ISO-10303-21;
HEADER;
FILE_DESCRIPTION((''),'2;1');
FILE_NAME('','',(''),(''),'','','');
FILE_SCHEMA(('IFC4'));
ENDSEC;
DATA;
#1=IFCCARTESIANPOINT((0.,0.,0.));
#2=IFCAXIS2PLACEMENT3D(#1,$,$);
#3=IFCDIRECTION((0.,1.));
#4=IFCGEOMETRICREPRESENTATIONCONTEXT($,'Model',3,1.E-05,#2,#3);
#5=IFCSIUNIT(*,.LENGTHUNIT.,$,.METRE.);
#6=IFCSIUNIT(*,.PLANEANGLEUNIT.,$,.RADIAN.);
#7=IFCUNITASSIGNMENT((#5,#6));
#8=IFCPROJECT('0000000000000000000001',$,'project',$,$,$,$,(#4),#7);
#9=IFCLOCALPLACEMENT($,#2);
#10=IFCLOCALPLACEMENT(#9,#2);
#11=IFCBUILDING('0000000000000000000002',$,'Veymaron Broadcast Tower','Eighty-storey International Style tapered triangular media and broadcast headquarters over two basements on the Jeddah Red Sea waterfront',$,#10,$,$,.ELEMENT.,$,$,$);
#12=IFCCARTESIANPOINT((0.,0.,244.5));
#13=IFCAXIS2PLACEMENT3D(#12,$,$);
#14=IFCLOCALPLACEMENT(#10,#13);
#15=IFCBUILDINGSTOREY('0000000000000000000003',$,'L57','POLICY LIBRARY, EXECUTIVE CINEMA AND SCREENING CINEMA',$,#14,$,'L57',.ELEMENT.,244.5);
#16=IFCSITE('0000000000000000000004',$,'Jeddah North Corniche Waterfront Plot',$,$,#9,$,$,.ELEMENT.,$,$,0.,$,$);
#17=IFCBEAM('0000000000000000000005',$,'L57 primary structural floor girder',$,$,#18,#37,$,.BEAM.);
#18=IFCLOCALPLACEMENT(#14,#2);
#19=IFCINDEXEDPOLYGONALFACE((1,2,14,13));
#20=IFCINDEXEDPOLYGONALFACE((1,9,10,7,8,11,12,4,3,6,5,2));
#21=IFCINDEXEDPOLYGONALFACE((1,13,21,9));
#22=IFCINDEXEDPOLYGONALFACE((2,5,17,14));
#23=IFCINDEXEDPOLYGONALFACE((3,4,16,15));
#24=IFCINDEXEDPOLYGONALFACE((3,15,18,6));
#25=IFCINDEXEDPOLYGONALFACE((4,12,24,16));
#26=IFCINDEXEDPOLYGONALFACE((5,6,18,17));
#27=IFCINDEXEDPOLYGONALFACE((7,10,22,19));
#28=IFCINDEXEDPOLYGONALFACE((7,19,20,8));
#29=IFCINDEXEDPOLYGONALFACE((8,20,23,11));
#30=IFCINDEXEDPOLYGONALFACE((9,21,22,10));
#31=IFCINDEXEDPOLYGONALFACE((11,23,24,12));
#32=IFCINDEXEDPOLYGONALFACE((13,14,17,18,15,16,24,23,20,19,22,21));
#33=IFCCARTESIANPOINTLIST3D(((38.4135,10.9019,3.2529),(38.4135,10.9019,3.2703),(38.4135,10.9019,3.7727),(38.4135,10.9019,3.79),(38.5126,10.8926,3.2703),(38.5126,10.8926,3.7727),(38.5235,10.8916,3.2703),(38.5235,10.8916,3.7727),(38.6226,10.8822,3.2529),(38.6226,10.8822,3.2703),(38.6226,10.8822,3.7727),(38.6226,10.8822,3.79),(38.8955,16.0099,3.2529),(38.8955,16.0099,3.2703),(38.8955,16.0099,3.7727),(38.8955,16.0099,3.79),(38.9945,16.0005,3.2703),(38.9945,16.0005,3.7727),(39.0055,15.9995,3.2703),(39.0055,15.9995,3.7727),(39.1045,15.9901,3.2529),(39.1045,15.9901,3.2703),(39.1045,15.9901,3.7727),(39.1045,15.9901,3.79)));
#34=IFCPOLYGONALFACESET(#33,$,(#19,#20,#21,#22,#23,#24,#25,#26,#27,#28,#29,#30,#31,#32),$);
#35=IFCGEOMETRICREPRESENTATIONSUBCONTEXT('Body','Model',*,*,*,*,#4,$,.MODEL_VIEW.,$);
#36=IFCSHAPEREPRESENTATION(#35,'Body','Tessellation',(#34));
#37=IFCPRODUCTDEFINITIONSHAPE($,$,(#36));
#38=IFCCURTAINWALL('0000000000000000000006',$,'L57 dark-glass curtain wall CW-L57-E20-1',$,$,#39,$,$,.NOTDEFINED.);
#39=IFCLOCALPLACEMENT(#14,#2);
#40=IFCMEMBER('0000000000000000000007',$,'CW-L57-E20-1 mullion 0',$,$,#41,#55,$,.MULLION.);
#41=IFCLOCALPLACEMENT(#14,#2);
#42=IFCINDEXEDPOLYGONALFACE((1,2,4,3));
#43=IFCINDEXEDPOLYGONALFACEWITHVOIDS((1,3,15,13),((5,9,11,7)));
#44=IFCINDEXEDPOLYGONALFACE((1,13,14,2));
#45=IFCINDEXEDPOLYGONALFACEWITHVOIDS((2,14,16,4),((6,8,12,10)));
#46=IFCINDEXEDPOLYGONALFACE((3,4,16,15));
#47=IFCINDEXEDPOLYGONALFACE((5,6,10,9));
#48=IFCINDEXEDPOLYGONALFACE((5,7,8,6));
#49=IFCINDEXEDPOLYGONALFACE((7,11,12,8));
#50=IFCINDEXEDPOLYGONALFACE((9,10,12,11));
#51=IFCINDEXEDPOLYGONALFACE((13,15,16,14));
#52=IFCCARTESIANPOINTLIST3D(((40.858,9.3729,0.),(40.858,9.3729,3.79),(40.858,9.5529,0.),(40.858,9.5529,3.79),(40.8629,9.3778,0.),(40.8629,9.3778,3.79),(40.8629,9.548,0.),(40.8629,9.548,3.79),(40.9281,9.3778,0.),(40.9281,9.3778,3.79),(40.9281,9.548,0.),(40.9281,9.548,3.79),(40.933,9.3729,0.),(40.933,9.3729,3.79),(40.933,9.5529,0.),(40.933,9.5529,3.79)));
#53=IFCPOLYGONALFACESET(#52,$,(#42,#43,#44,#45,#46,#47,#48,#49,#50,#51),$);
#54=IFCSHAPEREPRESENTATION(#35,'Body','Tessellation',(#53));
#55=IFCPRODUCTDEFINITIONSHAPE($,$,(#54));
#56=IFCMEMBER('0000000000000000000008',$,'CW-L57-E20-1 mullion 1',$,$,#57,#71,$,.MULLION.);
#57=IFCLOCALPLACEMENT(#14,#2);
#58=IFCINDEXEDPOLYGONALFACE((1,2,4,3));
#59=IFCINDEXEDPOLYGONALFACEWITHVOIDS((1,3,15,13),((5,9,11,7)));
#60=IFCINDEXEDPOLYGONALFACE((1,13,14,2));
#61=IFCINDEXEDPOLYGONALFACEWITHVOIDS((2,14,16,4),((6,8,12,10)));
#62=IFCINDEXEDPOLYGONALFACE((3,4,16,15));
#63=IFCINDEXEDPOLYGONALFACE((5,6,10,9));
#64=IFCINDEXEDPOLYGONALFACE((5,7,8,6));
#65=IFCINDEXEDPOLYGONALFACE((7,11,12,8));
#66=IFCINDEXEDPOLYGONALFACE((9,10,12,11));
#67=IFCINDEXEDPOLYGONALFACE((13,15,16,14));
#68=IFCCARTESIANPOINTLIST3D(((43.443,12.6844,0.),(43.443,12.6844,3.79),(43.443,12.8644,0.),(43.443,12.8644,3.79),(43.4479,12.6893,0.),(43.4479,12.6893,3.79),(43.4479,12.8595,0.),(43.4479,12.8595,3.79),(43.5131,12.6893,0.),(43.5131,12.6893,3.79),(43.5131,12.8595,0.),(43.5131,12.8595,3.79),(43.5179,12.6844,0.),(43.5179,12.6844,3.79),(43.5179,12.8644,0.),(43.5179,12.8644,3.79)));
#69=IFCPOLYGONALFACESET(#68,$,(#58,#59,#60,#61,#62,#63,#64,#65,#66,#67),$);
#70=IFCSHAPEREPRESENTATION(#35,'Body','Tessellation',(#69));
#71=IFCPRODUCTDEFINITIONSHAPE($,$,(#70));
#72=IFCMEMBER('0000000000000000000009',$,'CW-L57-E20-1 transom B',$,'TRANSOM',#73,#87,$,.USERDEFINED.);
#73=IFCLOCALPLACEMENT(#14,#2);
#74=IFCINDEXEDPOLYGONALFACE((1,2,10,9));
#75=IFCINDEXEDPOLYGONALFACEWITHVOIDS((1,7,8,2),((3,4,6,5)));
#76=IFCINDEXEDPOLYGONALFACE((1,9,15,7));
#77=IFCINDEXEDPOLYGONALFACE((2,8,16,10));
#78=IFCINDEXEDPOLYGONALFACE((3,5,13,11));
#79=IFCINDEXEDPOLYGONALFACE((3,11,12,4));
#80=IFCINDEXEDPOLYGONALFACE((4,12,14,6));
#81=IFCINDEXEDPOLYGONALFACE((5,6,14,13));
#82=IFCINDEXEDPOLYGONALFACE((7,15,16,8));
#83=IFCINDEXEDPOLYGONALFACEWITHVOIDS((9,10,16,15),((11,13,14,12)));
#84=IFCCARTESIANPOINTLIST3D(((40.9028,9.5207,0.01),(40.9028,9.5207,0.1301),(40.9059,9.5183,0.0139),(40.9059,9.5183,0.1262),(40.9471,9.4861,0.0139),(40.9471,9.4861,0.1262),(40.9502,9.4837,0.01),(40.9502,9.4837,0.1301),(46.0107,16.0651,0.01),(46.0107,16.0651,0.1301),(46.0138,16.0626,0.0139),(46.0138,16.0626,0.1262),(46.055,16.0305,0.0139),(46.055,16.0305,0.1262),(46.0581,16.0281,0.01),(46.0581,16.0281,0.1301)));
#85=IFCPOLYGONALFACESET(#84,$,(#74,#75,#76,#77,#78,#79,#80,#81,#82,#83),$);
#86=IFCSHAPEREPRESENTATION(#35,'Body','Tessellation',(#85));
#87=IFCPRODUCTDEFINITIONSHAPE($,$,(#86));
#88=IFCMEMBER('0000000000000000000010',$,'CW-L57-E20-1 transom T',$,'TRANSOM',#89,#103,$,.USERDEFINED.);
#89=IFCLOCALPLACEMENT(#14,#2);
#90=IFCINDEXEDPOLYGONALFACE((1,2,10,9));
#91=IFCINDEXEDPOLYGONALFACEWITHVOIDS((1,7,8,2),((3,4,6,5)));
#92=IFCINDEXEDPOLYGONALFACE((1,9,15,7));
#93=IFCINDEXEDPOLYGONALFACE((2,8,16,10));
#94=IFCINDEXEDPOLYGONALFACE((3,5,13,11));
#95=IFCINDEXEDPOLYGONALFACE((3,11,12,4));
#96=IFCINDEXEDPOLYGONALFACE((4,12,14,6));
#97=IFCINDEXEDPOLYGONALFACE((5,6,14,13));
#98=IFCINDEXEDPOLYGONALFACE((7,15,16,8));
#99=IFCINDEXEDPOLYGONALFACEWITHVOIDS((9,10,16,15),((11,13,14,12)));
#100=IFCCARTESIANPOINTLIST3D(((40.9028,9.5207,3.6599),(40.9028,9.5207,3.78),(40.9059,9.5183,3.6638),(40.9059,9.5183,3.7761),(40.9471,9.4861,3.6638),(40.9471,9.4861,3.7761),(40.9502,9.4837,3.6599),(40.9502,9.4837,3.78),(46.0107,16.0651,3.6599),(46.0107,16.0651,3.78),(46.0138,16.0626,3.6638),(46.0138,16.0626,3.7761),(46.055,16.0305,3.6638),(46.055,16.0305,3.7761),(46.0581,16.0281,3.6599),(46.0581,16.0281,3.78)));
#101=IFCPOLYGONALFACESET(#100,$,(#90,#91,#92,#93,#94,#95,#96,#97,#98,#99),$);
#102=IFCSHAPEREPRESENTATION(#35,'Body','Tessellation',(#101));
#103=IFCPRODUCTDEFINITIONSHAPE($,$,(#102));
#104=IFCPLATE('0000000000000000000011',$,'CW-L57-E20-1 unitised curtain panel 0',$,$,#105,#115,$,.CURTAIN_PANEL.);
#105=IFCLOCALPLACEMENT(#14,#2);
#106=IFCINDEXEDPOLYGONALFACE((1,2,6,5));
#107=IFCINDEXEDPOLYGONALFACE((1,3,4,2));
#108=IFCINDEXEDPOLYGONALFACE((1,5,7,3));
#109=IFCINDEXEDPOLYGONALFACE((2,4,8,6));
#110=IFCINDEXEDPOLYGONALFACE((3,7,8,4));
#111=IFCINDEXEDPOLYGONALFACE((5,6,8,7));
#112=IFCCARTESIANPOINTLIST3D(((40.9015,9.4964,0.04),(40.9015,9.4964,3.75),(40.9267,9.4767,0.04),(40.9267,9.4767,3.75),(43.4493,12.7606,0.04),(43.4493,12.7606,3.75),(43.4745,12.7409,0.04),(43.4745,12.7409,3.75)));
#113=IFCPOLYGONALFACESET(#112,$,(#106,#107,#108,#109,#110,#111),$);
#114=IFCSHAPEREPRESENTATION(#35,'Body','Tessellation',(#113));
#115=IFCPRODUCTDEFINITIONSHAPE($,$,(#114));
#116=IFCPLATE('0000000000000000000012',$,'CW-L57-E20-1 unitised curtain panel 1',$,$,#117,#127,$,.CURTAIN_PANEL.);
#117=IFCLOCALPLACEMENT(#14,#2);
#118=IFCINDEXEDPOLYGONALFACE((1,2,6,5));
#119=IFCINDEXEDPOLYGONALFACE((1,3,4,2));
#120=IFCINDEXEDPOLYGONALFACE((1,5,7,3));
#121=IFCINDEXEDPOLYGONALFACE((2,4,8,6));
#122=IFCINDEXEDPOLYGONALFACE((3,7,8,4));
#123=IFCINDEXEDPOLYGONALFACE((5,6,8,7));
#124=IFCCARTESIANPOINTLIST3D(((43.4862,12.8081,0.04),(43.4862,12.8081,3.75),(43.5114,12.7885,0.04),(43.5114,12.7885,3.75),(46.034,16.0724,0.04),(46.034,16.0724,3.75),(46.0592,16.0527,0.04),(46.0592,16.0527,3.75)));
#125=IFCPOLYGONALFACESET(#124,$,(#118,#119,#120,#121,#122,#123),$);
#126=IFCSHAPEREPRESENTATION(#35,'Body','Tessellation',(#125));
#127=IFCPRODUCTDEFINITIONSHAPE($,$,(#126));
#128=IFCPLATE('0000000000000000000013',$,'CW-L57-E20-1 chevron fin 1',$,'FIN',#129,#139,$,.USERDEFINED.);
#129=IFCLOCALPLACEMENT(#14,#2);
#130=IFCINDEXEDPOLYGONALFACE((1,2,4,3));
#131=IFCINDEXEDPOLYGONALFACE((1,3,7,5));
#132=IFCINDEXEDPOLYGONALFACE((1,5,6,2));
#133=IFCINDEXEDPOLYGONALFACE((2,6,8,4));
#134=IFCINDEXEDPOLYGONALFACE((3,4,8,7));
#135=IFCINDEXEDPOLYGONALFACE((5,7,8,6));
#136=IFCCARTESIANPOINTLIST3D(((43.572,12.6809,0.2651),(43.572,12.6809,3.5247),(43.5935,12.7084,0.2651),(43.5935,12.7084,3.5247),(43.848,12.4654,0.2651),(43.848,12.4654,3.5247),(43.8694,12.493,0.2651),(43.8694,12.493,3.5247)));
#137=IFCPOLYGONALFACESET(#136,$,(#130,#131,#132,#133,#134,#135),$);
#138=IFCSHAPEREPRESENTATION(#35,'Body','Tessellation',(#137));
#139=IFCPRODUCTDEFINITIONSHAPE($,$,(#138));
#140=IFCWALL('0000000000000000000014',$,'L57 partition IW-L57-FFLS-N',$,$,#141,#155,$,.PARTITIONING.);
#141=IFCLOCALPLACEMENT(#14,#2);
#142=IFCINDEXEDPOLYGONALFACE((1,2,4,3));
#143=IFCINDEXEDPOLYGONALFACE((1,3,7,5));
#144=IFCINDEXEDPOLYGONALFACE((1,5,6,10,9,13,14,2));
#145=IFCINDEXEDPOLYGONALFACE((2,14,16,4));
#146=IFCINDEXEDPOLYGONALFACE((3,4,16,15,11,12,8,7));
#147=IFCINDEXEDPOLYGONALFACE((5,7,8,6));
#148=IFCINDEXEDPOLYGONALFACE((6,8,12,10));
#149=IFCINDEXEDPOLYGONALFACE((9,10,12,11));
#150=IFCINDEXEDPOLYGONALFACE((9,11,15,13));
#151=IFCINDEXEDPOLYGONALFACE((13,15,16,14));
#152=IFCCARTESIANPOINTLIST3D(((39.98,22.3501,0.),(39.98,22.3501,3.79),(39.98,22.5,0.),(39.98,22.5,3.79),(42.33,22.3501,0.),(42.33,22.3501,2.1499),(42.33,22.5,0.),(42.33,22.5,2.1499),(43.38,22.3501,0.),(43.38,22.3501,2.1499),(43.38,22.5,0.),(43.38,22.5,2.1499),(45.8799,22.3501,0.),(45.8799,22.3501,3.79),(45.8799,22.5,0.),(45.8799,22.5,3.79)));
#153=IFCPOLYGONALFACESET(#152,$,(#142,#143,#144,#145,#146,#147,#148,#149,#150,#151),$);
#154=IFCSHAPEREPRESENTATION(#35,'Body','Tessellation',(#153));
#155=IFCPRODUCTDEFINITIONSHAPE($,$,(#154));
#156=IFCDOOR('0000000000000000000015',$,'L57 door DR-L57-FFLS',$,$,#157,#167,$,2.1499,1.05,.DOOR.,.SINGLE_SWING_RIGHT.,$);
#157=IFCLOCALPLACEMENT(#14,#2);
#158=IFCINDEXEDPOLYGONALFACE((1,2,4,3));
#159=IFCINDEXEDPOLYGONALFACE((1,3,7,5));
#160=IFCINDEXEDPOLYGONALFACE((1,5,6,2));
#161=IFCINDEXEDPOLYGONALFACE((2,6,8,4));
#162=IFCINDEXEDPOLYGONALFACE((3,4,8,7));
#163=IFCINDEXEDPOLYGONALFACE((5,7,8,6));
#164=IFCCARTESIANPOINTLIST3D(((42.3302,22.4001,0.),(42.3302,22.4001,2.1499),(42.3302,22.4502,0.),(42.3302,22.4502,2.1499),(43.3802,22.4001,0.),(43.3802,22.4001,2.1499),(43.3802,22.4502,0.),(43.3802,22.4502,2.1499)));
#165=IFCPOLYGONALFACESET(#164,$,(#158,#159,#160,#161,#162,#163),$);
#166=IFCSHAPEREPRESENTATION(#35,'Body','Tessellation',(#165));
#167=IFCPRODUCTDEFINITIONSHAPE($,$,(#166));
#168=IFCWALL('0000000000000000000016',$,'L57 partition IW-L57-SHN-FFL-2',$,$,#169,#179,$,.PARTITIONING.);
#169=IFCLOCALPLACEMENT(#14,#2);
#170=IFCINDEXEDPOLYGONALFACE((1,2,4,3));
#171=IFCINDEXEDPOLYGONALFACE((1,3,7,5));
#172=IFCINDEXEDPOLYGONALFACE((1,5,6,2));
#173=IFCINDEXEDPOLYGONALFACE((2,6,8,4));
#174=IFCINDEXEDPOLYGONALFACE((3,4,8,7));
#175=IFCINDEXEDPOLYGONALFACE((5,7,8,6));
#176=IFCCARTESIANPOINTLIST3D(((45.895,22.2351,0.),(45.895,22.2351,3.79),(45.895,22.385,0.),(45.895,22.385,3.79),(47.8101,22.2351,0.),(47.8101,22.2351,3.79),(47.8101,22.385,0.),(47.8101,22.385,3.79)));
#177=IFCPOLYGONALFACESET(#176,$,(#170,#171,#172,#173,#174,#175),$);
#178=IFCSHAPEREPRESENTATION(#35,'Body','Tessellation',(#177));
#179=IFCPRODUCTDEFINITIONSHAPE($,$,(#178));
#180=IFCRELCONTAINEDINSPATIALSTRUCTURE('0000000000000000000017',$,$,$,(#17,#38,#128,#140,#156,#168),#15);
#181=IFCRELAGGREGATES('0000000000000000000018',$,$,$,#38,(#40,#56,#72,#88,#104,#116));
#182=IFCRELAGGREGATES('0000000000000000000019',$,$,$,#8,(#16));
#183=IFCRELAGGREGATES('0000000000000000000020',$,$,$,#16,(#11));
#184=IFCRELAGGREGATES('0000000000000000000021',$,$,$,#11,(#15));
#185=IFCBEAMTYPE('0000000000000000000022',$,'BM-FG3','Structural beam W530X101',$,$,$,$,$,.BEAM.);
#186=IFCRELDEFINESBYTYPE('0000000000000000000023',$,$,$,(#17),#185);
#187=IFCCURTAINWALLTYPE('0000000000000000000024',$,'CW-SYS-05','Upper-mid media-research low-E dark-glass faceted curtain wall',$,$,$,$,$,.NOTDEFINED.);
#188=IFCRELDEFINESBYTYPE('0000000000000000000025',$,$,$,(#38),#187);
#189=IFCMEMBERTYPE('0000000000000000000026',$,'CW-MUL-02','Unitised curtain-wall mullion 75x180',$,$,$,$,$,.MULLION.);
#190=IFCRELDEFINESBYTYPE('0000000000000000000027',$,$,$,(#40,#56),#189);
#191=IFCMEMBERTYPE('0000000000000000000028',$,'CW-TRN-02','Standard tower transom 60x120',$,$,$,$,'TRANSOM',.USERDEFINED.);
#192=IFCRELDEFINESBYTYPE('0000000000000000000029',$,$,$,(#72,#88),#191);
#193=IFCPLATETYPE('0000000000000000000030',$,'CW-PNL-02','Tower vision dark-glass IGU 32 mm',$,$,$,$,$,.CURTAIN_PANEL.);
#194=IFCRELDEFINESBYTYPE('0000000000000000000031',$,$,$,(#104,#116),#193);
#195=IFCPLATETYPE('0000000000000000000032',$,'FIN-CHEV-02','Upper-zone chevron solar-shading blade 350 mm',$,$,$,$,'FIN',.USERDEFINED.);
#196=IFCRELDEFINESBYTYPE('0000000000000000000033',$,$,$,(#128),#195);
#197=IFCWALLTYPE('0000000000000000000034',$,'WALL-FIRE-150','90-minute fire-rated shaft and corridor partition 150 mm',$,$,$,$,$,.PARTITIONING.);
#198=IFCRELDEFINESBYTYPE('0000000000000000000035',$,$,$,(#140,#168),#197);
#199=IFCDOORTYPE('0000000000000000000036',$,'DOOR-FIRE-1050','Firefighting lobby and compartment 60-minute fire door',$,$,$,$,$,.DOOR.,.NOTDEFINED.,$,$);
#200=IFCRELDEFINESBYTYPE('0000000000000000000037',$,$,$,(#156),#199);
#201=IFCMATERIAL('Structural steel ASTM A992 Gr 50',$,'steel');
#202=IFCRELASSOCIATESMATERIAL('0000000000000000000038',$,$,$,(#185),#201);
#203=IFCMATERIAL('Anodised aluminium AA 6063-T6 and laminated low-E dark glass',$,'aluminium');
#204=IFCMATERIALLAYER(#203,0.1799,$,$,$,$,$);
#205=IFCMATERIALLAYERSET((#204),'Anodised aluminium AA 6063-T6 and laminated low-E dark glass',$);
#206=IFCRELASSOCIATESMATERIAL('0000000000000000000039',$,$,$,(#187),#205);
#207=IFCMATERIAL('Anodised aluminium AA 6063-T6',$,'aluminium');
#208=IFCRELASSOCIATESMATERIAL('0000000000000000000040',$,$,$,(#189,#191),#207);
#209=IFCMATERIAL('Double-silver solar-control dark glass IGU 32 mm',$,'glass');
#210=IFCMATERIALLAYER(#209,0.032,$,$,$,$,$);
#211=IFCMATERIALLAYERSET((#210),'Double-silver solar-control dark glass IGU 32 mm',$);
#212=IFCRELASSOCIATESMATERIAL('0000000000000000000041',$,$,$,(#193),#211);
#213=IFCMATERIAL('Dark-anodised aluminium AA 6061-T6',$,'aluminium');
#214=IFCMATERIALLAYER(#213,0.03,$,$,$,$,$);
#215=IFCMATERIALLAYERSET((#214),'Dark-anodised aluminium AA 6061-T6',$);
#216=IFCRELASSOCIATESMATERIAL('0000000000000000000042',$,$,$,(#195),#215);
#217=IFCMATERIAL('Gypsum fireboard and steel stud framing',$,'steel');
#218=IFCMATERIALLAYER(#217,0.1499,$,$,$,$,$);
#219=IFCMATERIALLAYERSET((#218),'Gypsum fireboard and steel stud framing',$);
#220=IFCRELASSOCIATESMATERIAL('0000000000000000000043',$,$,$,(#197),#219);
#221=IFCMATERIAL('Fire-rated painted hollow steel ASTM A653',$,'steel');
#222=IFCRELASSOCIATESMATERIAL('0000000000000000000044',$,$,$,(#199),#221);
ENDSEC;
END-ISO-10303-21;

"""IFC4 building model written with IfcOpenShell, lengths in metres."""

from ifc_helpers import new_model, si_unit, direction, frame, frame_2d, origin, origin_2d, place, context, subcontext, project, spatial, rectangle, hollow_rectangle, i_section, extrude, material, layer, layer_set, material_profile, profile_set, type_object, element, fill, aggregate, save


model = new_model("IFC4")

# Units and contexts
model_context = context("Model", 3, precision=1e-05, world=origin(), true_north=direction((0.0, 1.0)))
body_context = subcontext(model_context, "Body", "Model", "MODEL_VIEW")
ifc_project = project(units=[si_unit("LENGTHUNIT", "METRE"), si_unit("PLANEANGLEUNIT", "RADIAN")], contexts=[model_context])

# Site, building, storey
site_placement = place(None, origin())
site = spatial("IfcSite", under=ifc_project, at=site_placement, Name="Jeddah North Corniche Waterfront Plot", CompositionType="ELEMENT", RefElevation=0.0)
building_placement = place(site_placement, origin())
building = spatial("IfcBuilding", under=site, at=building_placement, Name="Veymaron Broadcast Tower", Description="Eighty-storey International Style tapered triangular media and broadcast headquarters over two basements on the Jeddah Red Sea waterfront", CompositionType="ELEMENT")
storey_placement = place(building_placement, frame((0.0, 0.0, 244.5)))
storey = spatial("IfcBuildingStorey", under=building, at=storey_placement, Name="L57", Description="POLICY LIBRARY, EXECUTIVE CINEMA AND SCREENING CINEMA", LongName="L57", CompositionType="ELEMENT", Elevation=244.5)

# Beam
ifc_material_1 = material(Name="Structural steel ASTM A992 Gr 50", Category="steel")
ifc_material_profile_1 = material_profile(ifc_material_1, i_section(OverallWidth=0.21, OverallDepth=0.5371, WebThickness=0.011, FlangeThickness=0.0173, at=origin_2d()), Name="W530X101")
ifc_profile_set_1 = profile_set([ifc_material_profile_1], Name="Structural steel ASTM A992 Gr 50")
beam_type = type_object("IfcBeamType", Name="BM-FG3", Description="Structural beam W530X101", PredefinedType="BEAM", material=ifc_profile_set_1)
beam_placement = place(storey_placement, frame((39.0, 16.0, 3.5215), z_axis=(-0.093933, -0.995578, 0.0), x_axis=(0.995578, -0.093933, 0.0)))
element("IfcBeam", 1, at=beam_placement, inside=storey, type_object=beam_type, Name="L57 primary structural floor girder", PredefinedType="BEAM", context=body_context, shape_type="SweptSolid", body=[
    extrude(i_section(OverallWidth=0.21, OverallDepth=0.5371, WebThickness=0.011, FlangeThickness=0.0173, at=origin_2d()), origin(), (0.0, 0.0, 1.0), 5.1306),
])

# Curtain wall, members, plates
ifc_material_2 = material(Name="Anodised aluminium AA 6063-T6 and laminated low-E dark glass", Category="aluminium")
ifc_layer_1 = layer(ifc_material_2, 0.1799)
ifc_layer_set_1 = layer_set([ifc_layer_1], Name="Anodised aluminium AA 6063-T6 and laminated low-E dark glass")
curtain_wall_type = type_object("IfcCurtainWallType", Name="CW-SYS-05", Description="Upper-mid media-research low-E dark-glass faceted curtain wall", PredefinedType="NOTDEFINED", material=ifc_layer_set_1)
curtain_wall_placement = place(storey_placement, origin())
curtain_wall = element("IfcCurtainWall", 2, at=curtain_wall_placement, inside=storey, type_object=curtain_wall_type, Name="L57 dark-glass curtain wall CW-L57-E20-1", PredefinedType="NOTDEFINED")
ifc_material_3 = material(Name="Anodised aluminium AA 6063-T6", Category="aluminium")
ifc_material_profile_2 = material_profile(ifc_material_3, hollow_rectangle(XDim=0.075, YDim=0.1799, WallThickness=0.0049, at=origin_2d()), Name="AL180X75X5")
ifc_profile_set_2 = profile_set([ifc_material_profile_2], Name="Anodised aluminium AA 6063-T6")
member_type_1 = type_object("IfcMemberType", Name="CW-MUL-02", Description="Unitised curtain-wall mullion 75x180", PredefinedType="MULLION", material=ifc_profile_set_2)
member_1_placement = place(storey_placement, frame((40.8955, 9.4629, 0.0), z_axis=(0.0, 0.0, 1.0), x_axis=(1.0, 0.0, 0.0)))
member_1 = element("IfcMember", 3, at=member_1_placement, type_object=member_type_1, Name="CW-L57-E20-1 mullion 0", PredefinedType="MULLION", context=body_context, shape_type="SweptSolid", body=[
    extrude(hollow_rectangle(XDim=0.075, YDim=0.1799, WallThickness=0.0049, at=origin_2d()), origin(), (0.0, 0.0, 1.0), 3.79),
])
member_2_placement = place(storey_placement, frame((43.4805, 12.7744, 0.0), z_axis=(0.0, 0.0, 1.0), x_axis=(1.0, 0.0, 0.0)))
member_2 = element("IfcMember", 4, at=member_2_placement, type_object=member_type_1, Name="CW-L57-E20-1 mullion 1", PredefinedType="MULLION", context=body_context, shape_type="SweptSolid", body=[
    extrude(hollow_rectangle(XDim=0.075, YDim=0.1799, WallThickness=0.0049, at=origin_2d()), origin(), (0.0, 0.0, 1.0), 3.79),
])
ifc_material_profile_3 = material_profile(ifc_material_3, hollow_rectangle(XDim=0.0601, YDim=0.1201, WallThickness=0.0039, at=origin_2d()), Name="AL120X60X4")
ifc_profile_set_3 = profile_set([ifc_material_profile_3], Name="Anodised aluminium AA 6063-T6")
member_type_2 = type_object("IfcMemberType", Name="CW-TRN-02", Description="Standard tower transom 60x120", ElementType="TRANSOM", PredefinedType="USERDEFINED", material=ifc_profile_set_3)
member_3_placement = place(storey_placement, frame((40.9265, 9.5022, 0.0701), z_axis=(0.615275, 0.788312, 0.0), x_axis=(-0.788312, 0.615275, 0.0)))
member_3 = element("IfcMember", 5, at=member_3_placement, type_object=member_type_2, Name="CW-L57-E20-1 transom B", ObjectType="TRANSOM", PredefinedType="USERDEFINED", context=body_context, shape_type="SweptSolid", body=[
    extrude(hollow_rectangle(XDim=0.0601, YDim=0.1201, WallThickness=0.0039, at=origin_2d()), origin(), (0.0, 0.0, 1.0), 8.3018),
])
member_4_placement = place(storey_placement, frame((40.9265, 9.5022, 3.72), z_axis=(0.615275, 0.788312, 0.0), x_axis=(-0.788312, 0.615275, 0.0)))
member_4 = element("IfcMember", 6, at=member_4_placement, type_object=member_type_2, Name="CW-L57-E20-1 transom T", ObjectType="TRANSOM", PredefinedType="USERDEFINED", context=body_context, shape_type="SweptSolid", body=[
    extrude(hollow_rectangle(XDim=0.0601, YDim=0.1201, WallThickness=0.0039, at=origin_2d()), origin(), (0.0, 0.0, 1.0), 8.3018),
])
ifc_material_4 = material(Name="Double-silver solar-control dark glass IGU 32 mm", Category="glass")
ifc_layer_2 = layer(ifc_material_4, 0.032)
ifc_layer_set_2 = layer_set([ifc_layer_2], Name="Double-silver solar-control dark glass IGU 32 mm")
plate_type_1 = type_object("IfcPlateType", Name="CW-PNL-02", Description="Tower vision dark-glass IGU 32 mm", PredefinedType="CURTAIN_PANEL", material=ifc_layer_set_2)
plate_1_placement = place(storey_placement, frame((42.188, 11.1187, 0.04), z_axis=(0.0, 0.0, 1.0), x_axis=(0.61529, 0.788301, 0.0)))
plate_1 = element("IfcPlate", 7, at=plate_1_placement, type_object=plate_type_1, Name="CW-L57-E20-1 unitised curtain panel 0", PredefinedType="CURTAIN_PANEL", context=body_context, shape_type="SweptSolid", body=[
    extrude(rectangle(XDim=4.1409, YDim=0.032, at=origin_2d()), origin(), (0.0, 0.0, 1.0), 3.71),
])
plate_2_placement = place(storey_placement, frame((44.7727, 14.4304, 0.04), z_axis=(0.0, 0.0, 1.0), x_axis=(0.61529, 0.788301, 0.0)))
plate_2 = element("IfcPlate", 8, at=plate_2_placement, type_object=plate_type_1, Name="CW-L57-E20-1 unitised curtain panel 1", PredefinedType="CURTAIN_PANEL", context=body_context, shape_type="SweptSolid", body=[
    extrude(rectangle(XDim=4.1409, YDim=0.032, at=origin_2d()), origin(), (0.0, 0.0, 1.0), 3.71),
])
aggregate(curtain_wall, [member_1, member_2, member_3, member_4, plate_1, plate_2])

# Plate
ifc_material_5 = material(Name="Dark-anodised aluminium AA 6061-T6", Category="aluminium")
ifc_layer_3 = layer(ifc_material_5, 0.03)
ifc_layer_set_3 = layer_set([ifc_layer_3], Name="Dark-anodised aluminium AA 6061-T6")
plate_type_2 = type_object("IfcPlateType", Name="FIN-CHEV-02", Description="Upper-zone chevron solar-shading blade 350 mm", ElementType="FIN", PredefinedType="USERDEFINED", material=ifc_layer_set_3)
plate_3_placement = place(storey_placement, frame((43.7207, 12.5869, 0.2651), z_axis=(0.0, 0.0, 1.0), x_axis=(0.788301, -0.61529, 0.0)))
element("IfcPlate", 9, at=plate_3_placement, inside=storey, type_object=plate_type_2, Name="CW-L57-E20-1 chevron fin 1", ObjectType="FIN", PredefinedType="USERDEFINED", context=body_context, shape_type="SweptSolid", body=[
    extrude(rectangle(XDim=0.3501, YDim=0.0349, at=origin_2d()), origin(), (0.0, 0.0, 1.0), 3.2595),
])

# Wall, opening, door
ifc_material_6 = material(Name="Gypsum fireboard and steel stud framing", Category="steel")
ifc_layer_4 = layer(ifc_material_6, 0.1499)
ifc_layer_set_4 = layer_set([ifc_layer_4], Name="Gypsum fireboard and steel stud framing")
wall_type_1 = type_object("IfcWallType", Name="WALL-FIRE-150", Description="90-minute fire-rated shaft and corridor partition 150 mm", PredefinedType="PARTITIONING", material=ifc_layer_set_4)
wall_1_placement = place(storey_placement, frame((39.98, 22.425, 0.0), z_axis=(0.0, 0.0, 1.0), x_axis=(1.0, 0.0, 0.0)))
wall_1 = element("IfcWall", 10, at=wall_1_placement, inside=storey, type_object=wall_type_1, Name="L57 partition IW-L57-FFLS-N", PredefinedType="PARTITIONING", context=body_context, shape_type="SweptSolid", body=[
    extrude(rectangle(XDim=5.8999, YDim=0.1499, at=frame_2d((2.95, 0.0))), origin(), (0.0, 0.0, 1.0), 3.79),
])
opening_1_placement = place(wall_1_placement, frame((2.3501, 0.0, 0.0)))
opening_1 = element("IfcOpeningElement", 11, at=opening_1_placement, cuts=wall_1, PredefinedType="OPENING", context=body_context, shape_type="SweptSolid", body=[
    extrude(rectangle(XDim=1.05, YDim=2.1499, at=frame_2d((0.5249, 1.075))), frame((0.0, 0.085, 0.0), z_axis=(0.0, -1.0, 0.0), x_axis=(1.0, 0.0, 0.0)), (0.0, 0.0, 1.0), 0.1699),
])
ifc_material_7 = material(Name="Fire-rated painted hollow steel ASTM A653", Category="steel")
door_type_1 = type_object("IfcDoorType", Name="DOOR-FIRE-1050", Description="Firefighting lobby and compartment 60-minute fire door", OperationType="NOTDEFINED", PredefinedType="DOOR", material=ifc_material_7)
door_1_placement = place(opening_1_placement, frame((1.05, 0.0, 0.0), z_axis=(0.0, 0.0, 1.0), x_axis=(-1.0, 0.0, 0.0)))
door_1 = element("IfcDoor", 12, at=door_1_placement, inside=storey, type_object=door_type_1, Name="L57 door DR-L57-FFLS", OperationType="SINGLE_SWING_RIGHT", OverallHeight=2.1499, OverallWidth=1.05, PredefinedType="DOOR", context=body_context, shape_type="SweptSolid", body=[
    extrude(rectangle(XDim=1.05, YDim=2.1499, at=frame_2d((0.5249, 1.075))), frame((0.0, 0.0249, 0.0), z_axis=(0.0, -1.0, 0.0), x_axis=(1.0, 0.0, 0.0)), (0.0, 0.0, 1.0), 0.05),
])
fill(opening_1, door_1)

# Wall
wall_2_placement = place(storey_placement, frame((45.895, 22.3101, 0.0), z_axis=(0.0, 0.0, 1.0), x_axis=(1.0, 0.0, 0.0)))
element("IfcWall", 13, at=wall_2_placement, inside=storey, type_object=wall_type_1, Name="L57 partition IW-L57-SHN-FFL-2", PredefinedType="PARTITIONING", context=body_context, shape_type="SweptSolid", body=[
    extrude(rectangle(XDim=1.915, YDim=0.1499, at=frame_2d((0.9575, 0.0))), origin(), (0.0, 0.0, 1.0), 3.79),
])

save(model, "model.ifc")
